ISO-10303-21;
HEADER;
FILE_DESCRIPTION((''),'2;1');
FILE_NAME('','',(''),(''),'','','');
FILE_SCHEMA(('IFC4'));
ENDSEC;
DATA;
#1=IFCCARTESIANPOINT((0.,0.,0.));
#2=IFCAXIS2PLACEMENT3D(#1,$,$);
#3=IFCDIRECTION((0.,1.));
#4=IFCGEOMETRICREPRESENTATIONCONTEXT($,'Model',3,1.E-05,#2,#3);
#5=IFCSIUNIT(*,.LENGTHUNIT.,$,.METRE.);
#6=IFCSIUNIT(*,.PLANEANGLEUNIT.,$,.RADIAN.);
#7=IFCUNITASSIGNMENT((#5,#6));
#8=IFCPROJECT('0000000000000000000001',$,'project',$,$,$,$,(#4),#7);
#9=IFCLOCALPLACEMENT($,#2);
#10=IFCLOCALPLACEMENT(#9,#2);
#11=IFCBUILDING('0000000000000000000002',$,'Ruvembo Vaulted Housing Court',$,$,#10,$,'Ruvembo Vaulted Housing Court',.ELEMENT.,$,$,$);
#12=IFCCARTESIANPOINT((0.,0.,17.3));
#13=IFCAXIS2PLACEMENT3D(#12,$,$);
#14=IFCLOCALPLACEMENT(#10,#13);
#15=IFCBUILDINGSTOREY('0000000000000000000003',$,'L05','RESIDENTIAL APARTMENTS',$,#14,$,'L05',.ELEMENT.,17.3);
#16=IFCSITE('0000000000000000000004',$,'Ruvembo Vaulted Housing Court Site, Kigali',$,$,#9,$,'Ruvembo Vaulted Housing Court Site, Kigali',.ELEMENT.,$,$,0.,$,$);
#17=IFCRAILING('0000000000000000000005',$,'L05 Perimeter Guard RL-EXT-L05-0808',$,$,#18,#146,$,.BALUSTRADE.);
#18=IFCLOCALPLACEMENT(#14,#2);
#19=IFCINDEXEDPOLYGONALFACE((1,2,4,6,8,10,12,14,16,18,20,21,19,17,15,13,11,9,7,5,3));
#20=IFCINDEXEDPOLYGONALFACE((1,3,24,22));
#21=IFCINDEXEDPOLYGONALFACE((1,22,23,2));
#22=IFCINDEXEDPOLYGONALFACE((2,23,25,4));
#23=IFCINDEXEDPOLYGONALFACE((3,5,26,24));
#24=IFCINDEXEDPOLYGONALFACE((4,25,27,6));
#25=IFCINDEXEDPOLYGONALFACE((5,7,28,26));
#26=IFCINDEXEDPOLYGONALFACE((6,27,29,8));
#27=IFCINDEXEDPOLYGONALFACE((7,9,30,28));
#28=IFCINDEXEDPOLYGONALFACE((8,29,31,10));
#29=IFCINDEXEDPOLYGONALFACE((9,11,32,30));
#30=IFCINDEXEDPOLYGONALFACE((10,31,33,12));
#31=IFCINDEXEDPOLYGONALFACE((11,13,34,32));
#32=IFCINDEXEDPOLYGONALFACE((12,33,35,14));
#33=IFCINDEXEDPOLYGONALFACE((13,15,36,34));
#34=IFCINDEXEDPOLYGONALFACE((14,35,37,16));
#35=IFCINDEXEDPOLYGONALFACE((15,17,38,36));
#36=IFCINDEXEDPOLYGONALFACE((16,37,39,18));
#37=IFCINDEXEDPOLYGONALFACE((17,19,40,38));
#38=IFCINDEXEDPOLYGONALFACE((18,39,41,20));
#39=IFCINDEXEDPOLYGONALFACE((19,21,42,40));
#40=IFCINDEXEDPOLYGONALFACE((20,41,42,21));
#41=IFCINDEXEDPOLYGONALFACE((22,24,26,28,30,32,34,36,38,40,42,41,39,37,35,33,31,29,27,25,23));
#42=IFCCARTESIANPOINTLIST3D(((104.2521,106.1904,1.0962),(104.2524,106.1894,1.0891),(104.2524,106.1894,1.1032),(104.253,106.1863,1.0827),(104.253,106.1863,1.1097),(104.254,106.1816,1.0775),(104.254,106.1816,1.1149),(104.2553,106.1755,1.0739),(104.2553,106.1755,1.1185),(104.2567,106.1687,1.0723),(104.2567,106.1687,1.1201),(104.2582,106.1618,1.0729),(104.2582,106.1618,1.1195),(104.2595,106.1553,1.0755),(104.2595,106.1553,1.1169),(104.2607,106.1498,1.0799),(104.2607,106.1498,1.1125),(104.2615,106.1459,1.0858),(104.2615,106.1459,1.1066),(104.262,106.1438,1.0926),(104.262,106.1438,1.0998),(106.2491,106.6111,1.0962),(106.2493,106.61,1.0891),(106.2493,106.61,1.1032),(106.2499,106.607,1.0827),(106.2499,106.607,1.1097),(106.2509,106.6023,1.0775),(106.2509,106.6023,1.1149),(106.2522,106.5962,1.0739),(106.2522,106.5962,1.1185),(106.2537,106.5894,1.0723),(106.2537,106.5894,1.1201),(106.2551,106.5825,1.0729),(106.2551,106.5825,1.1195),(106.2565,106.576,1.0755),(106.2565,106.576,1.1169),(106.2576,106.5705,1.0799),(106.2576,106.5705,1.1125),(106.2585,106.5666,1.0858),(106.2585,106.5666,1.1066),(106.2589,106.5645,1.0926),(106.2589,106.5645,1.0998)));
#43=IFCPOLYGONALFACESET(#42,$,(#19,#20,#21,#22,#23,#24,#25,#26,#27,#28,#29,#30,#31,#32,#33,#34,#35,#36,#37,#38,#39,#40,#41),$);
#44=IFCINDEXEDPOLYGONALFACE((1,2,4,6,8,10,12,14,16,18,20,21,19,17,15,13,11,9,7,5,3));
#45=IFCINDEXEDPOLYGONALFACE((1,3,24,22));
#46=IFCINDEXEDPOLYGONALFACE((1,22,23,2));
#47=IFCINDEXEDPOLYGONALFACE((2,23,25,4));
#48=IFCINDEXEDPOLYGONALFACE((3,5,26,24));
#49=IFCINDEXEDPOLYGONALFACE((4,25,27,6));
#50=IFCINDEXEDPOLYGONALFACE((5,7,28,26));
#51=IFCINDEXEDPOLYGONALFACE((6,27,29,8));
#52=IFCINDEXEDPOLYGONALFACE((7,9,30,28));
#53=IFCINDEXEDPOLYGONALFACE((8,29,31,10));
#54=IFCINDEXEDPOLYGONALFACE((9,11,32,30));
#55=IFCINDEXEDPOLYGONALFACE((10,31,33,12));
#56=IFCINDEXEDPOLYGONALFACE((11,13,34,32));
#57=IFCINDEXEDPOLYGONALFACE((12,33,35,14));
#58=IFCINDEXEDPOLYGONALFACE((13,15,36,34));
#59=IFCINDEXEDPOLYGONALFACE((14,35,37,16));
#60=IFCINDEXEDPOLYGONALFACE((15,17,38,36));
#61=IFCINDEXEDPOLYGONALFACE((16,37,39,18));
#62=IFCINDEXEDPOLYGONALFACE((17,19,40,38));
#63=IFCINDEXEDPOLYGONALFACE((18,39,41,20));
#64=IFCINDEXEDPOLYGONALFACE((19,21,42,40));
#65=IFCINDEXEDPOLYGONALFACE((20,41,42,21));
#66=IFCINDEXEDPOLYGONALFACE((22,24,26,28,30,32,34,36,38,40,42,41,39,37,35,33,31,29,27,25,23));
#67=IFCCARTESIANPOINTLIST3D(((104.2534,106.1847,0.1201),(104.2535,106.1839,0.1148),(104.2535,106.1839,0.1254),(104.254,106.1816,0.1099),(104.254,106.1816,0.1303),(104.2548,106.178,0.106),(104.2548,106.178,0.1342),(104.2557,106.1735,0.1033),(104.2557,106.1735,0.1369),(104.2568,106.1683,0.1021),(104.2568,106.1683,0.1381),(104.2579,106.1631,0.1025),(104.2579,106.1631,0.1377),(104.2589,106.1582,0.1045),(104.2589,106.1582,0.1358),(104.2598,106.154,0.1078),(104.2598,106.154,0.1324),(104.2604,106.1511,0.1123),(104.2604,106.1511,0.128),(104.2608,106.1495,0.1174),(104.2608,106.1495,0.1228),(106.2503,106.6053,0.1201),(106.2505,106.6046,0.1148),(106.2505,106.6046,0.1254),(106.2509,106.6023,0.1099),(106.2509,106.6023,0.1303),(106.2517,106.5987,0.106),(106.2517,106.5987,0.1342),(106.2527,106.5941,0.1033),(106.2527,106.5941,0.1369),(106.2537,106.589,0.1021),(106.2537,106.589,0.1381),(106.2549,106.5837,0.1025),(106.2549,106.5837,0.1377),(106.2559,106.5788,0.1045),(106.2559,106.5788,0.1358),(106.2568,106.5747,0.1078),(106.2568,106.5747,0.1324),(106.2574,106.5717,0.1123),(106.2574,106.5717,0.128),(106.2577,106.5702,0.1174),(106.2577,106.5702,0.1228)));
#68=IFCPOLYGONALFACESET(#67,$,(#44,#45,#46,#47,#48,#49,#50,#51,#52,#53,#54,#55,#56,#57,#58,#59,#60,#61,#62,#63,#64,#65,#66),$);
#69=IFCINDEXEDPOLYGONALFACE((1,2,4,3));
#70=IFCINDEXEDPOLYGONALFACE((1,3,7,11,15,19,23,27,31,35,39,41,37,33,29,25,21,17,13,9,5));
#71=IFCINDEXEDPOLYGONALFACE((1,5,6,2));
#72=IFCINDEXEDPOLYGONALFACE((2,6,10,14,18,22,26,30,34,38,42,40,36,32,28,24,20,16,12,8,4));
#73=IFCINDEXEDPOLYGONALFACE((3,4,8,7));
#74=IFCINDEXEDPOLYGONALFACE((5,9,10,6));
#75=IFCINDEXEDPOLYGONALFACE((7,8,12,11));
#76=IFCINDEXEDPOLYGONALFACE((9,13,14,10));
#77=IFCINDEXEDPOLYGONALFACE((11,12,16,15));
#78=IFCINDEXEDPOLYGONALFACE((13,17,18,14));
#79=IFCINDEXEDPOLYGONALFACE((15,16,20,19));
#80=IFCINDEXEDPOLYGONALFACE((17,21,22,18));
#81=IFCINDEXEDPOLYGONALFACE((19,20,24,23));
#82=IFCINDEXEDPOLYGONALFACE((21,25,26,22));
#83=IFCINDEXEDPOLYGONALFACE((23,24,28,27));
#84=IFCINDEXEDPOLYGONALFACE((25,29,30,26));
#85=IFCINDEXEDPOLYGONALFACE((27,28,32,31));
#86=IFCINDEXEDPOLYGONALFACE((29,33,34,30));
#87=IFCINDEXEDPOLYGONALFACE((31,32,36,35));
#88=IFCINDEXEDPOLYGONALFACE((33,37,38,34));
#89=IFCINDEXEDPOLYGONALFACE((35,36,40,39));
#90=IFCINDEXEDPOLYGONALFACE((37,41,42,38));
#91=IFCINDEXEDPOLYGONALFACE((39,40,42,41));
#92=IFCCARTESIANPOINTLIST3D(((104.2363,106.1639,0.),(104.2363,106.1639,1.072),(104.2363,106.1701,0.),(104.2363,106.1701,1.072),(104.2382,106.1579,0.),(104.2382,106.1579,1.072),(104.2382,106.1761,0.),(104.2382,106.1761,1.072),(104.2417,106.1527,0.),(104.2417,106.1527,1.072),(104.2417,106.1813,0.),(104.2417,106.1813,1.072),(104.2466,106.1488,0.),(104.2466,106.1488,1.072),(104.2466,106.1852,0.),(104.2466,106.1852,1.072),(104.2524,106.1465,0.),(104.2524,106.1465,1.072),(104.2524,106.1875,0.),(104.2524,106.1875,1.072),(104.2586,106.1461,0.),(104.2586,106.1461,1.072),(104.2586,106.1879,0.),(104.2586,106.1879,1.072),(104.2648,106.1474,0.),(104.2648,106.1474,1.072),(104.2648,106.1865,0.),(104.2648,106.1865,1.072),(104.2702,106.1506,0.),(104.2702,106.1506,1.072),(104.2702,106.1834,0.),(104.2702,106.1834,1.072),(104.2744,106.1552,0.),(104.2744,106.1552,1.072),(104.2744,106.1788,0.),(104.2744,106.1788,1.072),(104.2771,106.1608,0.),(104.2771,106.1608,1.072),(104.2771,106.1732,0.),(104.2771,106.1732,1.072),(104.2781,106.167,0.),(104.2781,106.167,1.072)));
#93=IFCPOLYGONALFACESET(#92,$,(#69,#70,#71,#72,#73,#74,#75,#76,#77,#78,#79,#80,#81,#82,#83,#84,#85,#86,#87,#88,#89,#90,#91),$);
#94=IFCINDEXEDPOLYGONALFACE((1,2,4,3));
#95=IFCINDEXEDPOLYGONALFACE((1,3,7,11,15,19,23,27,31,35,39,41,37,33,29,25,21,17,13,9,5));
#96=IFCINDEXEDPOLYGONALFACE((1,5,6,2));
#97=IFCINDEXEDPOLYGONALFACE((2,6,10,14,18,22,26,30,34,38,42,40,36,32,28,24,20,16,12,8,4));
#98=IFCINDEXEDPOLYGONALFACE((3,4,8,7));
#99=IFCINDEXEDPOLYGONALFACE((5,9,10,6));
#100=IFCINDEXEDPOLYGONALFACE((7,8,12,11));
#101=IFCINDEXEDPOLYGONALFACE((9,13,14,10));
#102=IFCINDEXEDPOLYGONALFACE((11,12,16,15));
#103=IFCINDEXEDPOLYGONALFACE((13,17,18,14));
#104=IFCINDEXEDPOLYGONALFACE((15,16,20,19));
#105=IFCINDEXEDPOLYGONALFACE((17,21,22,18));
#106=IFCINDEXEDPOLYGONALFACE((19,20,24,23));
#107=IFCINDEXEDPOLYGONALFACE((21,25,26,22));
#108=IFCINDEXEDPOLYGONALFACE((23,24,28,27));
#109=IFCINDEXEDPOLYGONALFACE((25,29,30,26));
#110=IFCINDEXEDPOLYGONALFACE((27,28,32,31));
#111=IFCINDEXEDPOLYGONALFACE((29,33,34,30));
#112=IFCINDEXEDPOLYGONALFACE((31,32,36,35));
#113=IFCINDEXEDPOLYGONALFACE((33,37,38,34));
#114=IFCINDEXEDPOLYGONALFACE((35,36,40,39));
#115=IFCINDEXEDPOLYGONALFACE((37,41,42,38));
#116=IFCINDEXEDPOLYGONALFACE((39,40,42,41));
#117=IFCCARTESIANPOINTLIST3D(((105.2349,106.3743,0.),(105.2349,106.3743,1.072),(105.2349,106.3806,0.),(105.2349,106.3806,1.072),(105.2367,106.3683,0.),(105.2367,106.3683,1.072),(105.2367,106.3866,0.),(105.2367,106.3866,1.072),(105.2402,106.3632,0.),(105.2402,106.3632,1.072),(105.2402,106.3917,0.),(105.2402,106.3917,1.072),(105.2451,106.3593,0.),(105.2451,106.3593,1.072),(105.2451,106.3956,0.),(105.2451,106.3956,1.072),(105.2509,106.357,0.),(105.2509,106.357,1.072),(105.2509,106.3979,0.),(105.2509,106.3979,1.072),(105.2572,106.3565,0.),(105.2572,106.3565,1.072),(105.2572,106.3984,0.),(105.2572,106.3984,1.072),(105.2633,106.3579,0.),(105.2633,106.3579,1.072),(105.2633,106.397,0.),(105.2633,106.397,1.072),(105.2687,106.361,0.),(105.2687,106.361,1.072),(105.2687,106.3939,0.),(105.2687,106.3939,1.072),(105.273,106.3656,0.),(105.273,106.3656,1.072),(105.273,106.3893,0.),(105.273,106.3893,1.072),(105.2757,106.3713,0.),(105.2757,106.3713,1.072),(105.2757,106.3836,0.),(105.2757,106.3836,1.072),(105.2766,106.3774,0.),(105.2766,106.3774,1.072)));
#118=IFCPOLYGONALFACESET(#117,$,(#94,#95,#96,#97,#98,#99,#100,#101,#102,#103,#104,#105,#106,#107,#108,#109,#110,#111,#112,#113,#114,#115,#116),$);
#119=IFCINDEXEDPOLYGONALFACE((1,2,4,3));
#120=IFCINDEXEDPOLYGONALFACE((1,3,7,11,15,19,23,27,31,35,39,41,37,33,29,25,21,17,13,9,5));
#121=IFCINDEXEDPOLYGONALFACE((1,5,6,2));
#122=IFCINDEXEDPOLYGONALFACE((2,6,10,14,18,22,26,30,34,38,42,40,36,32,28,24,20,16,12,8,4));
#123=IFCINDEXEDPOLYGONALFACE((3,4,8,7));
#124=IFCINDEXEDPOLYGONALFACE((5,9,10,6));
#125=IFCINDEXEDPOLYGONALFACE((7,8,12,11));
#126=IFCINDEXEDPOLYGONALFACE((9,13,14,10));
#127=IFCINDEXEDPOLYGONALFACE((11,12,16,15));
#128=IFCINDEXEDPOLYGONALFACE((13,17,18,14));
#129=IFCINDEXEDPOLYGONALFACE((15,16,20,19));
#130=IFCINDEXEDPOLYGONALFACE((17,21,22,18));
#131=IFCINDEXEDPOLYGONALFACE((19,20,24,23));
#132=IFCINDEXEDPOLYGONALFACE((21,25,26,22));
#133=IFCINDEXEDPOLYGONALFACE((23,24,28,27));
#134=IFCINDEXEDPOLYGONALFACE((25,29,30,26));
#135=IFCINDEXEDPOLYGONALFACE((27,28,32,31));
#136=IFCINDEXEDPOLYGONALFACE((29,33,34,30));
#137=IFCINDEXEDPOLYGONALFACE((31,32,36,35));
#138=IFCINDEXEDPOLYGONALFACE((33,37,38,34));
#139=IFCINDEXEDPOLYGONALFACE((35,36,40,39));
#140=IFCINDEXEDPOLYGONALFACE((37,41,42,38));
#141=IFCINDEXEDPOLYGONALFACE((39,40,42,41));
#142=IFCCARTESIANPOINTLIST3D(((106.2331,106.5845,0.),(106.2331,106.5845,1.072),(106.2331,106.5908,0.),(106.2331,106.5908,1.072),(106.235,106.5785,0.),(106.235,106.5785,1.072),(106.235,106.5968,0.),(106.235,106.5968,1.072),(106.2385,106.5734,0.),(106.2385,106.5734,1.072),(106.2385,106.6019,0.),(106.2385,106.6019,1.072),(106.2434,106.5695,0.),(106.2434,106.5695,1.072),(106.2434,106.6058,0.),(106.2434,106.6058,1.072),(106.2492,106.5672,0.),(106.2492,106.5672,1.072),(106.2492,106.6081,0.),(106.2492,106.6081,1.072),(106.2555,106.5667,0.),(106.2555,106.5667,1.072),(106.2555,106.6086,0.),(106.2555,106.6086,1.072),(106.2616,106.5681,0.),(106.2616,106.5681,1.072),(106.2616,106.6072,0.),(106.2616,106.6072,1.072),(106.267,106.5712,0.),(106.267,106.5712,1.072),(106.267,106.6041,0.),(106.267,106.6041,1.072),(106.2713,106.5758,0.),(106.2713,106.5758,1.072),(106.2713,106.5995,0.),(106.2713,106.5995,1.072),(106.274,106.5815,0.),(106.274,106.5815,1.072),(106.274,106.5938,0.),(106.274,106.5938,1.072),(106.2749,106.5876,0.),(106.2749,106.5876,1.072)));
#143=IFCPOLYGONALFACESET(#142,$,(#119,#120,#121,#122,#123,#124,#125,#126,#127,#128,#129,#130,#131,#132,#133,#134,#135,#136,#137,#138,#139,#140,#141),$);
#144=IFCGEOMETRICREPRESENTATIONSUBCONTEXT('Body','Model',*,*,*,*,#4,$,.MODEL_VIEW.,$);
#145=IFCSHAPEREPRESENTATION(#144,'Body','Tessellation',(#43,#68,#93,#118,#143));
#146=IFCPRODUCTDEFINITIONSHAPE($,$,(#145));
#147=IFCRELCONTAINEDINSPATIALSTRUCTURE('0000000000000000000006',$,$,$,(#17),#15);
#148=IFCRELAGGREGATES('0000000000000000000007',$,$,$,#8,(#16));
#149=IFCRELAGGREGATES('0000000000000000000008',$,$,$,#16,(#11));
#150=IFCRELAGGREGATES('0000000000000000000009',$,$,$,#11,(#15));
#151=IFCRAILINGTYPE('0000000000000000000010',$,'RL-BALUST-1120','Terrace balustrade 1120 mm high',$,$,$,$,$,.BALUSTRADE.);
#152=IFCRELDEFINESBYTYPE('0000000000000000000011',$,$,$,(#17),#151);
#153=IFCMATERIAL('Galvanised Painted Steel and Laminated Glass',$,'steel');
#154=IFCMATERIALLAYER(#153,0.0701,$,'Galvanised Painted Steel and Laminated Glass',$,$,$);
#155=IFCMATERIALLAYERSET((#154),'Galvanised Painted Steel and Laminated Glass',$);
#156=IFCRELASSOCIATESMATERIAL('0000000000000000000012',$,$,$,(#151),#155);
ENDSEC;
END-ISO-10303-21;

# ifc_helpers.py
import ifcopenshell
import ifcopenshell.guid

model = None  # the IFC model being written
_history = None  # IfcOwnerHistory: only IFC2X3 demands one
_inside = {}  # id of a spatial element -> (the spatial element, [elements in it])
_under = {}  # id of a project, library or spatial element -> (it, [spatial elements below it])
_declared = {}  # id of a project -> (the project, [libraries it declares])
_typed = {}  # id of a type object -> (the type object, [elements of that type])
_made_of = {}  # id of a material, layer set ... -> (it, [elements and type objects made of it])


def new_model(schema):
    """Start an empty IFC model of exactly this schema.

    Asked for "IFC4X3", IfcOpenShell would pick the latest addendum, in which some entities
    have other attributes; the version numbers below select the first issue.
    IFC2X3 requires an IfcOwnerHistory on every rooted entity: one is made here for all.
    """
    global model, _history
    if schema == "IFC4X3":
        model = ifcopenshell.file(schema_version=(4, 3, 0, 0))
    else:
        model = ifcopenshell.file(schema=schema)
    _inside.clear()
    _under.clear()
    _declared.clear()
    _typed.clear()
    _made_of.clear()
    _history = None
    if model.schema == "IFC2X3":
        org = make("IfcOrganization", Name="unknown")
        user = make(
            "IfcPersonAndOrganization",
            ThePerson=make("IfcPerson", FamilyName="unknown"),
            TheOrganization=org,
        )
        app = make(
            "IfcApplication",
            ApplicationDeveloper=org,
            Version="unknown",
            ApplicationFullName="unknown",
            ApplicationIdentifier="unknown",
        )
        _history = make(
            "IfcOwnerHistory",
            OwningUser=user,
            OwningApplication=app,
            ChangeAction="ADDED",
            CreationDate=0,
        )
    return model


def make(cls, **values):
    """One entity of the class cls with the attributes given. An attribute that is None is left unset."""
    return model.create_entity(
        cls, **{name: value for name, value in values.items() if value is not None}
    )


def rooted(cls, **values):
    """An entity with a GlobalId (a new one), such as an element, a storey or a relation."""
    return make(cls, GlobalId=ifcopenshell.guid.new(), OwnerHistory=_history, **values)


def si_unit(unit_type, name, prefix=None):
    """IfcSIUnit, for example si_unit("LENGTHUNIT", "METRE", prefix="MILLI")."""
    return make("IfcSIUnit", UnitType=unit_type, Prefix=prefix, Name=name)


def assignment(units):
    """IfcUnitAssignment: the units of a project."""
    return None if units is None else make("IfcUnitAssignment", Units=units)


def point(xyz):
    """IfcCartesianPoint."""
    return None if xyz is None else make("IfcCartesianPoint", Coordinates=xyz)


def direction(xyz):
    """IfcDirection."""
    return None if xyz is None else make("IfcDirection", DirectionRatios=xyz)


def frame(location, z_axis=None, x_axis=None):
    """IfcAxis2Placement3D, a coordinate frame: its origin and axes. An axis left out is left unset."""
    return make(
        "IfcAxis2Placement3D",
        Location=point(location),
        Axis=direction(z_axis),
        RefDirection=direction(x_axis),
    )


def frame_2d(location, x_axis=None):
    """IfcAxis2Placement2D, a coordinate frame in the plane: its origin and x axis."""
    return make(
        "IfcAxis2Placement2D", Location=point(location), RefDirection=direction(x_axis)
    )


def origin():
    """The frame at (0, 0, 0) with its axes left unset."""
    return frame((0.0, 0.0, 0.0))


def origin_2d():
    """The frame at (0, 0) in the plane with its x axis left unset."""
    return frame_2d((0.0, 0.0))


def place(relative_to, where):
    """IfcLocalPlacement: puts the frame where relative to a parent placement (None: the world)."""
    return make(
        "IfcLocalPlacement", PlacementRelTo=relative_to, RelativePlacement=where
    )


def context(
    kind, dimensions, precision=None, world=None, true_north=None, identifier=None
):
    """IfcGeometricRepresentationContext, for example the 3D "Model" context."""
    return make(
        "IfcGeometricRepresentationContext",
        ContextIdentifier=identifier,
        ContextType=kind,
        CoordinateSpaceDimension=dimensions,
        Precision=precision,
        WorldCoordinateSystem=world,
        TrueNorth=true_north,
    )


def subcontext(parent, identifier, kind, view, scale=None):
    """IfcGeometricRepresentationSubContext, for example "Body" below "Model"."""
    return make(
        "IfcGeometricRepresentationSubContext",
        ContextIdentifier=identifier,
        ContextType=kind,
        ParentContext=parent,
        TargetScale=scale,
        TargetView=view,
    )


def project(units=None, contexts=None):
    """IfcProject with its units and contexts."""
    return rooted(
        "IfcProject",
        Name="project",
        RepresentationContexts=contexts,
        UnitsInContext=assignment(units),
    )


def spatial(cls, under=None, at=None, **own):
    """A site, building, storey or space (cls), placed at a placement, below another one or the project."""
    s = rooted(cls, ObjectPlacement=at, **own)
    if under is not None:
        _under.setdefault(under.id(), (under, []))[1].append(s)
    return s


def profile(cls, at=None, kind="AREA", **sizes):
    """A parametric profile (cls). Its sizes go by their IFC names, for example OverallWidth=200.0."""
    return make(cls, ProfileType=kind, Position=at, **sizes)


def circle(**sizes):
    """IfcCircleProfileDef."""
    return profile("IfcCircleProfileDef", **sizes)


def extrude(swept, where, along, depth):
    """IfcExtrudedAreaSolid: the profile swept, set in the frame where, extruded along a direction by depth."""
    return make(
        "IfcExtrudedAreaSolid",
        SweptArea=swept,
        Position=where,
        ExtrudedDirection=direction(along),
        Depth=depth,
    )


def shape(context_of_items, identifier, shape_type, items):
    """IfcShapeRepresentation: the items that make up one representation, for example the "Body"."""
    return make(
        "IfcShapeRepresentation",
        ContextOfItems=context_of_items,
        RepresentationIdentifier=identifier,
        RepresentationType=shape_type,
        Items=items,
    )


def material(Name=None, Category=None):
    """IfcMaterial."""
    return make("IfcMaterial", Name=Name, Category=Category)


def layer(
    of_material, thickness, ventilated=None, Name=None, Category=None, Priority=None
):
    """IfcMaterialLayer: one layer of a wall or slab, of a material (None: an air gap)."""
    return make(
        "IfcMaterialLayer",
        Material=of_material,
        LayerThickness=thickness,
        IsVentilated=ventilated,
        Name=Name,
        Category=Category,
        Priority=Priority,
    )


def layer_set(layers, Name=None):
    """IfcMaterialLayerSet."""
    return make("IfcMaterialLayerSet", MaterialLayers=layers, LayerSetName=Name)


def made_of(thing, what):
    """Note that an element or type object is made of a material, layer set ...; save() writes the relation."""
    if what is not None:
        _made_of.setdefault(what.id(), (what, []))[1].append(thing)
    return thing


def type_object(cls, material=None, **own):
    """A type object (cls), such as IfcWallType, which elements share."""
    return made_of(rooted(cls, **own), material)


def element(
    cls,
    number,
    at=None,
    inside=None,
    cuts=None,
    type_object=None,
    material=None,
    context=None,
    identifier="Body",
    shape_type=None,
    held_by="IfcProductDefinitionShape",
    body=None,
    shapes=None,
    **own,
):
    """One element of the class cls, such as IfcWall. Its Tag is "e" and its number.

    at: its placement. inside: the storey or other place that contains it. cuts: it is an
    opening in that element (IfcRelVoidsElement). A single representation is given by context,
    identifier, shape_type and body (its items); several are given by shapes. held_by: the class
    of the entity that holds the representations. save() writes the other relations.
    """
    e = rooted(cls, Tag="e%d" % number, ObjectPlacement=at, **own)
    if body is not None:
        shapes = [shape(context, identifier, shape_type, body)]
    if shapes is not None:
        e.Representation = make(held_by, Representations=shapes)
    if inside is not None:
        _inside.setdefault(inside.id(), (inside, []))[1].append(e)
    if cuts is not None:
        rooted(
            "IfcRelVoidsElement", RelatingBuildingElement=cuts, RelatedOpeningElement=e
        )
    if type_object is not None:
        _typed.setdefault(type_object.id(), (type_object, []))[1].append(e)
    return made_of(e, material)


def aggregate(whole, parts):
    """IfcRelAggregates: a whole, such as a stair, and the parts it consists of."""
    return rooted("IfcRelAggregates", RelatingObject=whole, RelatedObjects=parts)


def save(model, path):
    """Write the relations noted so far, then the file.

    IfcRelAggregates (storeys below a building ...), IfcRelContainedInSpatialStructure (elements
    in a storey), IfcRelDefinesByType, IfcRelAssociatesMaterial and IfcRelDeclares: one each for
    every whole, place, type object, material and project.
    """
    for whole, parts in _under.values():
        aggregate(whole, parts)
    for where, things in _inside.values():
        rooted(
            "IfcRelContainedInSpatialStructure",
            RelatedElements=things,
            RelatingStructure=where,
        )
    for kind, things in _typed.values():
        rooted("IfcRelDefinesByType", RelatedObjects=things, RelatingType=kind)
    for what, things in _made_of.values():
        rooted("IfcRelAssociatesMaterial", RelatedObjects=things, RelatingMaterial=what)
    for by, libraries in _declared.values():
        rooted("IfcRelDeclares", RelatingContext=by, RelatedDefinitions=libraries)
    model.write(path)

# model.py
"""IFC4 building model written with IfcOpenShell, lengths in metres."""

from ifc_helpers import new_model, si_unit, direction, frame, origin, origin_2d, place, context, subcontext, project, spatial, circle, extrude, material, layer, layer_set, type_object, element, save


model = new_model("IFC4")

# Units and contexts
model_context = context("Model", 3, precision=1e-05, world=origin(), true_north=direction((0.0, 1.0)))
body_context = subcontext(model_context, "Body", "Model", "MODEL_VIEW")
ifc_project = project(units=[si_unit("LENGTHUNIT", "METRE"), si_unit("PLANEANGLEUNIT", "RADIAN")], contexts=[model_context])

# Site, building, storey
site_placement = place(None, origin())
site = spatial("IfcSite", under=ifc_project, at=site_placement, Name="Ruvembo Vaulted Housing Court Site, Kigali", LongName="Ruvembo Vaulted Housing Court Site, Kigali", CompositionType="ELEMENT", RefElevation=0.0)
building_placement = place(site_placement, origin())
building = spatial("IfcBuilding", under=site, at=building_placement, Name="Ruvembo Vaulted Housing Court", LongName="Ruvembo Vaulted Housing Court", CompositionType="ELEMENT")
storey_placement = place(building_placement, frame((0.0, 0.0, 17.3)))
storey = spatial("IfcBuildingStorey", under=building, at=storey_placement, Name="L05", Description="RESIDENTIAL APARTMENTS", LongName="L05", CompositionType="ELEMENT", Elevation=17.3)

# Railing
ifc_material_1 = material(Name="Galvanised Painted Steel and Laminated Glass", Category="steel")
ifc_layer_1 = layer(ifc_material_1, 0.0701, Name="Galvanised Painted Steel and Laminated Glass")
ifc_layer_set_1 = layer_set([ifc_layer_1], Name="Galvanised Painted Steel and Laminated Glass")
railing_type = type_object("IfcRailingType", Name="RL-BALUST-1120", Description="Terrace balustrade 1120 mm high", PredefinedType="BALUSTRADE", material=ifc_layer_set_1)
railing_placement = place(storey_placement, frame((104.2571, 106.167, 0.0)))
element("IfcRailing", 1, at=railing_placement, inside=storey, type_object=railing_type, Name="L05 Perimeter Guard RL-EXT-L05-0808", PredefinedType="BALUSTRADE", context=body_context, shape_type="SweptSolid", body=[
    extrude(circle(Radius=0.0239, at=origin_2d()), frame((0.0, 0.0, 1.0962), z_axis=(0.978523, 0.206137, 0.0), x_axis=(-0.206137, 0.978523, 0.0)), (0.0, 0.0, 1.0), 2.0408),
    extrude(circle(Radius=0.0181, at=origin_2d()), frame((0.0, 0.0, 0.1201), z_axis=(0.978523, 0.206137, 0.0), x_axis=(-0.206137, 0.978523, 0.0)), (0.0, 0.0, 1.0), 2.0408),
    extrude(circle(Radius=0.021, at=origin_2d()), origin(), (0.0, 0.0, 1.0), 1.072),
    extrude(circle(Radius=0.021, at=origin_2d()), frame((0.9985, 0.2104, 0.0)), (0.0, 0.0, 1.0), 1.072),
    extrude(circle(Radius=0.021, at=origin_2d()), frame((1.9968, 0.4207, 0.0)), (0.0, 0.0, 1.0), 1.072),
])

save(model, "model.ifc")
